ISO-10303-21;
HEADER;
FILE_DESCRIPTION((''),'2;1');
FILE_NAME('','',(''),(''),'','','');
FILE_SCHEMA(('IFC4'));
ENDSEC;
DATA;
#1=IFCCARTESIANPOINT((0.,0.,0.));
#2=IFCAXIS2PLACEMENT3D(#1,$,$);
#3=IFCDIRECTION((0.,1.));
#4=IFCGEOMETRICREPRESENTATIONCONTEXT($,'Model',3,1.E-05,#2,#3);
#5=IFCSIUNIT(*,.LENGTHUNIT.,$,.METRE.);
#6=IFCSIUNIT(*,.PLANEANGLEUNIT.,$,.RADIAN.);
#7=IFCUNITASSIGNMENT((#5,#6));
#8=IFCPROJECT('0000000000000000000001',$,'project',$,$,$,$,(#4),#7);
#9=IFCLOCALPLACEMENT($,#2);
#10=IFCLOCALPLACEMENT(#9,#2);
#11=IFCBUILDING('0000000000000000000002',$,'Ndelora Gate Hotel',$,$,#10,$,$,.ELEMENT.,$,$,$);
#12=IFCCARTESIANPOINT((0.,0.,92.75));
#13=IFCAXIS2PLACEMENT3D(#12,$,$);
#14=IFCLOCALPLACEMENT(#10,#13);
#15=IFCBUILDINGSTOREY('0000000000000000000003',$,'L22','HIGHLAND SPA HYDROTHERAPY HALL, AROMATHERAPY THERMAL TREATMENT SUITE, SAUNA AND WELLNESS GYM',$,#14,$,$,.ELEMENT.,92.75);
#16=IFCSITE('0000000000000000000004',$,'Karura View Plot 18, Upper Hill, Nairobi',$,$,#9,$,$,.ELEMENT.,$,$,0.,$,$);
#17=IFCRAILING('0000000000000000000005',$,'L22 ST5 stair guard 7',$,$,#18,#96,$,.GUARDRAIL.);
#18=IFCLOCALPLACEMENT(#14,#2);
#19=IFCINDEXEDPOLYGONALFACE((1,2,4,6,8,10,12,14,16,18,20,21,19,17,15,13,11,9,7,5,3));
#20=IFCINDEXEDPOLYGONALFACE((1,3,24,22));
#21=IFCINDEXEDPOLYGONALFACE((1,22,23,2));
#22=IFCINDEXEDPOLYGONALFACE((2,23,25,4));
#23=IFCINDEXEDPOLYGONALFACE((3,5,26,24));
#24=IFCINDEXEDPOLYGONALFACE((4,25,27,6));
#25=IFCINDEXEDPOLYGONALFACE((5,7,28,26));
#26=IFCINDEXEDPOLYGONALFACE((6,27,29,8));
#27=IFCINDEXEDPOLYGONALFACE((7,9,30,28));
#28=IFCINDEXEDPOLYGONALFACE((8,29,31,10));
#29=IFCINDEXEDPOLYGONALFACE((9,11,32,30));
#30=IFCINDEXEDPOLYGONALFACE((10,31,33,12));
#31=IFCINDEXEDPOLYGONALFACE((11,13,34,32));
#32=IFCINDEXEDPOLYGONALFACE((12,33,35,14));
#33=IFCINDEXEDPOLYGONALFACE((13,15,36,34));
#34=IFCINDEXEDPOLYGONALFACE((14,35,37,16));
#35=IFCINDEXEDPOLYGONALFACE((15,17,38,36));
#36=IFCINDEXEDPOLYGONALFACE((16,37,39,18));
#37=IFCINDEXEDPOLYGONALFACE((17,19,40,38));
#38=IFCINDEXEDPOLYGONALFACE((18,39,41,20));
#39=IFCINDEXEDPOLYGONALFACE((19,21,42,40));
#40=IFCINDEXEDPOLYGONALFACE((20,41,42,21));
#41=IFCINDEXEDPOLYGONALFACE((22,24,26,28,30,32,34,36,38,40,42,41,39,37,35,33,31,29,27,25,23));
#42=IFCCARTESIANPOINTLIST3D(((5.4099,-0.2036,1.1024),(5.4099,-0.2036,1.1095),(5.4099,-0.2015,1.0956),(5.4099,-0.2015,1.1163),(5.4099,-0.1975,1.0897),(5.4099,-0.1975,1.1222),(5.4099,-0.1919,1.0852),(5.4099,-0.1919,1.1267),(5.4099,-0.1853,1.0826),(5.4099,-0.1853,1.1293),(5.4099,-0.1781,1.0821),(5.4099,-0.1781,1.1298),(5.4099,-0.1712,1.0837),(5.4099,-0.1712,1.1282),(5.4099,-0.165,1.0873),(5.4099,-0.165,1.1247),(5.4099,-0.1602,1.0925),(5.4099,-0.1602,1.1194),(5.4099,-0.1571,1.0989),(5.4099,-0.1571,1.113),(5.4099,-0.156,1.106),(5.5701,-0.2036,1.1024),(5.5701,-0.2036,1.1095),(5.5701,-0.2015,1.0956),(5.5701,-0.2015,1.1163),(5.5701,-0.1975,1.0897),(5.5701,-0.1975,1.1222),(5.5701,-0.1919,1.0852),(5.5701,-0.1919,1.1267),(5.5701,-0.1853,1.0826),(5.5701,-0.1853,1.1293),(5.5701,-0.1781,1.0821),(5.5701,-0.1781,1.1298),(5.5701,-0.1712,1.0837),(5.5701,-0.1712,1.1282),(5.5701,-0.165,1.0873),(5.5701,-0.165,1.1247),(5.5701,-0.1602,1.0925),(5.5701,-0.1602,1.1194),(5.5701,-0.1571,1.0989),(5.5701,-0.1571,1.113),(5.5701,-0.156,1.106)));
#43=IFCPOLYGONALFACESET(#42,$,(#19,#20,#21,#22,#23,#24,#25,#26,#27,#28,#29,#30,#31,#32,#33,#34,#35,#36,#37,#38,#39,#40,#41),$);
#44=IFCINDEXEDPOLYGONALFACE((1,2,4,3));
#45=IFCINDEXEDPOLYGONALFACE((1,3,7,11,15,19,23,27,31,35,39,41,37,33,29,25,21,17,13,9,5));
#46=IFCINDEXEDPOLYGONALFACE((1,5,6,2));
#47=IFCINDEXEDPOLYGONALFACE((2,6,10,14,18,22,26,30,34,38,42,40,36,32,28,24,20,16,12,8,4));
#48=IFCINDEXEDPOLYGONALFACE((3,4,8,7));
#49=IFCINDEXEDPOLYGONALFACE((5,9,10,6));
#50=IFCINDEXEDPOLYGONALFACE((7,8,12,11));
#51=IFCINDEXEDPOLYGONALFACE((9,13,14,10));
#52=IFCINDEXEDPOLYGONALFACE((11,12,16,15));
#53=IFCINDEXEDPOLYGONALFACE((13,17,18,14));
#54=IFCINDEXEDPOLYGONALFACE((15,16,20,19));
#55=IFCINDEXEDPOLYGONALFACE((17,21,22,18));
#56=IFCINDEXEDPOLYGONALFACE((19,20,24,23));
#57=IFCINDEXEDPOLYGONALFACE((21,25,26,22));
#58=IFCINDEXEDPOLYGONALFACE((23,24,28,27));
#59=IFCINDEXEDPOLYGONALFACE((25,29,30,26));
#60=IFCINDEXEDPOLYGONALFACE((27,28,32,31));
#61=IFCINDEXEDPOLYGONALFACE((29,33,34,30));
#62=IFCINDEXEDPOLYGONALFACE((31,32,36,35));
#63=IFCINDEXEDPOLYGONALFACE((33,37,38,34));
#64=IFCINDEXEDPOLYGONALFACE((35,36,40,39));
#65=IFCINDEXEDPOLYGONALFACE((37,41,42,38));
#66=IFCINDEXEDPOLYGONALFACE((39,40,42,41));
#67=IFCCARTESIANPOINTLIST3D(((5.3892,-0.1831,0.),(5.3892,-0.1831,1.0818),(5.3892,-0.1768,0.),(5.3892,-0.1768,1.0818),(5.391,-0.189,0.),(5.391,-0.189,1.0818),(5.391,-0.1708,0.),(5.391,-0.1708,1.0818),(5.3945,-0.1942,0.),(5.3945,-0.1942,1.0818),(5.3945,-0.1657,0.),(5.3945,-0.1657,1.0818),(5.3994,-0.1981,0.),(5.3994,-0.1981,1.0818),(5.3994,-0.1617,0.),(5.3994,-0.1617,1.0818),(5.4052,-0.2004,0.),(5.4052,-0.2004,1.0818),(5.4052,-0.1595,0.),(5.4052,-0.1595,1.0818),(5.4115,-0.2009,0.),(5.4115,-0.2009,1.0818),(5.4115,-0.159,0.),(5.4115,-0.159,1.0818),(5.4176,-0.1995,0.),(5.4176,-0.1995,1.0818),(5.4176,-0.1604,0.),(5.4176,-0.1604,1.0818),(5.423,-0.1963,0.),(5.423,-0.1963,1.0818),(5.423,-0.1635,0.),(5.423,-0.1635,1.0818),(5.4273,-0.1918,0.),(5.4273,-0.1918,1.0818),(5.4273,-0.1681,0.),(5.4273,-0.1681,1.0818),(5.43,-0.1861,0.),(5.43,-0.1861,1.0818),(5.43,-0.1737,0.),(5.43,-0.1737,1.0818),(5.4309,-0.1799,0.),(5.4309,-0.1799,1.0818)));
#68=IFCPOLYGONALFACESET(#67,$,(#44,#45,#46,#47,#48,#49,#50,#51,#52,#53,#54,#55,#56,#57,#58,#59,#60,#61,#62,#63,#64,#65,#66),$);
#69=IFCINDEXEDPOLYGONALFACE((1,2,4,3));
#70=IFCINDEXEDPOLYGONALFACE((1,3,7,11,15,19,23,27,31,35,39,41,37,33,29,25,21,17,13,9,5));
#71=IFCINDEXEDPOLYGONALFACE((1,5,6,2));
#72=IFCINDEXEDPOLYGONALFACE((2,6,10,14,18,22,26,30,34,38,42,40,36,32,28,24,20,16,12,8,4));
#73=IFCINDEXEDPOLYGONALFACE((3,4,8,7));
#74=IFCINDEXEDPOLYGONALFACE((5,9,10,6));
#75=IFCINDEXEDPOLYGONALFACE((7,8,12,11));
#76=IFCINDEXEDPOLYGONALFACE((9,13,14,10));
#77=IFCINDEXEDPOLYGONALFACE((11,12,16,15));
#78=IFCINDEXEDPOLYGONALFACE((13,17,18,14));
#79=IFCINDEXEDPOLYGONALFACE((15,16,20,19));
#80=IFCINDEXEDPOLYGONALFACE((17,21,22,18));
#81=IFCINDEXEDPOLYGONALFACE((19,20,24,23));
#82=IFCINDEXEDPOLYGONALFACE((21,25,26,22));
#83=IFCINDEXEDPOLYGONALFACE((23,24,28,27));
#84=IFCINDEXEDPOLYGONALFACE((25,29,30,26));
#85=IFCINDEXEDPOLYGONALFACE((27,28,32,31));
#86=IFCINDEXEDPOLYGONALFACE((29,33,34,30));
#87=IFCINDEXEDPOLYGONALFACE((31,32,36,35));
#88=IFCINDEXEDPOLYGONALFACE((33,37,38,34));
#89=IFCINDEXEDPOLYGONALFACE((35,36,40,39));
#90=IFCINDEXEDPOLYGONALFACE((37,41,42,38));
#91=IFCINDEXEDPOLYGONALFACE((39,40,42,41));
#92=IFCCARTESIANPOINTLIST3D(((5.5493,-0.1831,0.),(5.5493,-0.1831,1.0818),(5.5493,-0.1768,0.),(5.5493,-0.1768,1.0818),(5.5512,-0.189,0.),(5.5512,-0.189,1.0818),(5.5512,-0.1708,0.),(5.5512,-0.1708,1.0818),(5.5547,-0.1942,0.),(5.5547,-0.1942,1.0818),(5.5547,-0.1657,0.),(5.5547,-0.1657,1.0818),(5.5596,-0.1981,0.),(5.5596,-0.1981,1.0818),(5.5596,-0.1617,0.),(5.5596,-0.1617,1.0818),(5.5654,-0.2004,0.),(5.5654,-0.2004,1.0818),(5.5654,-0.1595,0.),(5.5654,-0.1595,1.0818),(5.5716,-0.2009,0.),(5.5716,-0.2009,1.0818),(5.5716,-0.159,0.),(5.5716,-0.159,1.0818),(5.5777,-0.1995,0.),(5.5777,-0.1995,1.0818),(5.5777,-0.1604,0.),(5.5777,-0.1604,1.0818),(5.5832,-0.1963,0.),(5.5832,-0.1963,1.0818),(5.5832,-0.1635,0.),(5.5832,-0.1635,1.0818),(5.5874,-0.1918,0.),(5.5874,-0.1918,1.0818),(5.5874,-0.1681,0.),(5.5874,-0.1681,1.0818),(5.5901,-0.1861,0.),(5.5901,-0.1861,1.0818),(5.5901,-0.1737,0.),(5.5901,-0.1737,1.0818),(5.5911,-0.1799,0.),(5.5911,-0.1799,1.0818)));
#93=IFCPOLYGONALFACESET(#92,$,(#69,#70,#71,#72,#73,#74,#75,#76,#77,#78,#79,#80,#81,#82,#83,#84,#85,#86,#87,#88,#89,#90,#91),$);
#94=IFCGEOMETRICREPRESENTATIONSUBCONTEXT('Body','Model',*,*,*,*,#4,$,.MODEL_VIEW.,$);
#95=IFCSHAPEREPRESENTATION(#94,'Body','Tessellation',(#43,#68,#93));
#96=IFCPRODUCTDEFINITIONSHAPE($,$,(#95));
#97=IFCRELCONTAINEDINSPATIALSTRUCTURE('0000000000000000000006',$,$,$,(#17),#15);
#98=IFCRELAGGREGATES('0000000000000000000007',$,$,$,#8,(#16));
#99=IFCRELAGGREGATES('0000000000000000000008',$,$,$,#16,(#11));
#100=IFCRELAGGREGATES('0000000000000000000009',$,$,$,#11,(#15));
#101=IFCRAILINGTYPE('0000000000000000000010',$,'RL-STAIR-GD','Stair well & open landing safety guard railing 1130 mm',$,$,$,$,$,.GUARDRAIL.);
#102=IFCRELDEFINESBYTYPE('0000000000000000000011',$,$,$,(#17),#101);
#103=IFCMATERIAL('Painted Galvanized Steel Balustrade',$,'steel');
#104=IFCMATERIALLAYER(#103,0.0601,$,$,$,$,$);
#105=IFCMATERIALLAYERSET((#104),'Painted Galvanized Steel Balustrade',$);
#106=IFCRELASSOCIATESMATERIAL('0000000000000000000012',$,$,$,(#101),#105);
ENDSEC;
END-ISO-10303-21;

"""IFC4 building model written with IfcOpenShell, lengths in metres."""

from ifc_helpers import new_model, si_unit, direction, frame, origin, origin_2d, place, context, subcontext, project, spatial, circle, extrude, material, layer, layer_set, type_object, element, save


model = new_model("IFC4")

# Units and contexts
model_context = context("Model", 3, precision=1e-05, world=origin(), true_north=direction((0.0, 1.0)))
body_context = subcontext(model_context, "Body", "Model", "MODEL_VIEW")
ifc_project = project(units=[si_unit("LENGTHUNIT", "METRE"), si_unit("PLANEANGLEUNIT", "RADIAN")], contexts=[model_context])

# Site, building, storey
site_placement = place(None, origin())
site = spatial("IfcSite", under=ifc_project, at=site_placement, Name="Karura View Plot 18, Upper Hill, Nairobi", CompositionType="ELEMENT", RefElevation=0.0)
building_placement = place(site_placement, origin())
building = spatial("IfcBuilding", under=site, at=building_placement, Name="Ndelora Gate Hotel", CompositionType="ELEMENT")
storey_placement = place(building_placement, frame((0.0, 0.0, 92.75)))
storey = spatial("IfcBuildingStorey", under=building, at=storey_placement, Name="L22", Description="HIGHLAND SPA HYDROTHERAPY HALL, AROMATHERAPY THERMAL TREATMENT SUITE, SAUNA AND WELLNESS GYM", CompositionType="ELEMENT", Elevation=92.75)

# Railing
ifc_material_1 = material(Name="Painted Galvanized Steel Balustrade", Category="steel")
ifc_layer_1 = layer(ifc_material_1, 0.0601)
ifc_layer_set_1 = layer_set([ifc_layer_1], Name="Painted Galvanized Steel Balustrade")
railing_type_1 = type_object("IfcRailingType", Name="RL-STAIR-GD", Description="Stair well & open landing safety guard railing 1130 mm", PredefinedType="GUARDRAIL", material=ifc_layer_set_1)
railing_1_placement = place(storey_placement, frame((5.4099, -0.1799, 0.0)))
element("IfcRailing", 1, at=railing_1_placement, inside=storey, type_object=railing_type_1, Name="L22 ST5 stair guard 7", PredefinedType="GUARDRAIL", context=body_context, shape_type="SweptSolid", body=[
    extrude(circle(Radius=0.0239, at=origin_2d()), frame((0.0, 0.0, 1.106), z_axis=(1.0, 0.0, 0.0), x_axis=(0.0, 1.0, 0.0)), (0.0, 0.0, 1.0), 0.1602),
    extrude(circle(Radius=0.021, at=origin_2d()), origin(), (0.0, 0.0, 1.0), 1.0818),
    extrude(circle(Radius=0.021, at=origin_2d()), frame((0.1602, 0.0, 0.0)), (0.0, 0.0, 1.0), 1.0818),
])

save(model, "model.ifc")
